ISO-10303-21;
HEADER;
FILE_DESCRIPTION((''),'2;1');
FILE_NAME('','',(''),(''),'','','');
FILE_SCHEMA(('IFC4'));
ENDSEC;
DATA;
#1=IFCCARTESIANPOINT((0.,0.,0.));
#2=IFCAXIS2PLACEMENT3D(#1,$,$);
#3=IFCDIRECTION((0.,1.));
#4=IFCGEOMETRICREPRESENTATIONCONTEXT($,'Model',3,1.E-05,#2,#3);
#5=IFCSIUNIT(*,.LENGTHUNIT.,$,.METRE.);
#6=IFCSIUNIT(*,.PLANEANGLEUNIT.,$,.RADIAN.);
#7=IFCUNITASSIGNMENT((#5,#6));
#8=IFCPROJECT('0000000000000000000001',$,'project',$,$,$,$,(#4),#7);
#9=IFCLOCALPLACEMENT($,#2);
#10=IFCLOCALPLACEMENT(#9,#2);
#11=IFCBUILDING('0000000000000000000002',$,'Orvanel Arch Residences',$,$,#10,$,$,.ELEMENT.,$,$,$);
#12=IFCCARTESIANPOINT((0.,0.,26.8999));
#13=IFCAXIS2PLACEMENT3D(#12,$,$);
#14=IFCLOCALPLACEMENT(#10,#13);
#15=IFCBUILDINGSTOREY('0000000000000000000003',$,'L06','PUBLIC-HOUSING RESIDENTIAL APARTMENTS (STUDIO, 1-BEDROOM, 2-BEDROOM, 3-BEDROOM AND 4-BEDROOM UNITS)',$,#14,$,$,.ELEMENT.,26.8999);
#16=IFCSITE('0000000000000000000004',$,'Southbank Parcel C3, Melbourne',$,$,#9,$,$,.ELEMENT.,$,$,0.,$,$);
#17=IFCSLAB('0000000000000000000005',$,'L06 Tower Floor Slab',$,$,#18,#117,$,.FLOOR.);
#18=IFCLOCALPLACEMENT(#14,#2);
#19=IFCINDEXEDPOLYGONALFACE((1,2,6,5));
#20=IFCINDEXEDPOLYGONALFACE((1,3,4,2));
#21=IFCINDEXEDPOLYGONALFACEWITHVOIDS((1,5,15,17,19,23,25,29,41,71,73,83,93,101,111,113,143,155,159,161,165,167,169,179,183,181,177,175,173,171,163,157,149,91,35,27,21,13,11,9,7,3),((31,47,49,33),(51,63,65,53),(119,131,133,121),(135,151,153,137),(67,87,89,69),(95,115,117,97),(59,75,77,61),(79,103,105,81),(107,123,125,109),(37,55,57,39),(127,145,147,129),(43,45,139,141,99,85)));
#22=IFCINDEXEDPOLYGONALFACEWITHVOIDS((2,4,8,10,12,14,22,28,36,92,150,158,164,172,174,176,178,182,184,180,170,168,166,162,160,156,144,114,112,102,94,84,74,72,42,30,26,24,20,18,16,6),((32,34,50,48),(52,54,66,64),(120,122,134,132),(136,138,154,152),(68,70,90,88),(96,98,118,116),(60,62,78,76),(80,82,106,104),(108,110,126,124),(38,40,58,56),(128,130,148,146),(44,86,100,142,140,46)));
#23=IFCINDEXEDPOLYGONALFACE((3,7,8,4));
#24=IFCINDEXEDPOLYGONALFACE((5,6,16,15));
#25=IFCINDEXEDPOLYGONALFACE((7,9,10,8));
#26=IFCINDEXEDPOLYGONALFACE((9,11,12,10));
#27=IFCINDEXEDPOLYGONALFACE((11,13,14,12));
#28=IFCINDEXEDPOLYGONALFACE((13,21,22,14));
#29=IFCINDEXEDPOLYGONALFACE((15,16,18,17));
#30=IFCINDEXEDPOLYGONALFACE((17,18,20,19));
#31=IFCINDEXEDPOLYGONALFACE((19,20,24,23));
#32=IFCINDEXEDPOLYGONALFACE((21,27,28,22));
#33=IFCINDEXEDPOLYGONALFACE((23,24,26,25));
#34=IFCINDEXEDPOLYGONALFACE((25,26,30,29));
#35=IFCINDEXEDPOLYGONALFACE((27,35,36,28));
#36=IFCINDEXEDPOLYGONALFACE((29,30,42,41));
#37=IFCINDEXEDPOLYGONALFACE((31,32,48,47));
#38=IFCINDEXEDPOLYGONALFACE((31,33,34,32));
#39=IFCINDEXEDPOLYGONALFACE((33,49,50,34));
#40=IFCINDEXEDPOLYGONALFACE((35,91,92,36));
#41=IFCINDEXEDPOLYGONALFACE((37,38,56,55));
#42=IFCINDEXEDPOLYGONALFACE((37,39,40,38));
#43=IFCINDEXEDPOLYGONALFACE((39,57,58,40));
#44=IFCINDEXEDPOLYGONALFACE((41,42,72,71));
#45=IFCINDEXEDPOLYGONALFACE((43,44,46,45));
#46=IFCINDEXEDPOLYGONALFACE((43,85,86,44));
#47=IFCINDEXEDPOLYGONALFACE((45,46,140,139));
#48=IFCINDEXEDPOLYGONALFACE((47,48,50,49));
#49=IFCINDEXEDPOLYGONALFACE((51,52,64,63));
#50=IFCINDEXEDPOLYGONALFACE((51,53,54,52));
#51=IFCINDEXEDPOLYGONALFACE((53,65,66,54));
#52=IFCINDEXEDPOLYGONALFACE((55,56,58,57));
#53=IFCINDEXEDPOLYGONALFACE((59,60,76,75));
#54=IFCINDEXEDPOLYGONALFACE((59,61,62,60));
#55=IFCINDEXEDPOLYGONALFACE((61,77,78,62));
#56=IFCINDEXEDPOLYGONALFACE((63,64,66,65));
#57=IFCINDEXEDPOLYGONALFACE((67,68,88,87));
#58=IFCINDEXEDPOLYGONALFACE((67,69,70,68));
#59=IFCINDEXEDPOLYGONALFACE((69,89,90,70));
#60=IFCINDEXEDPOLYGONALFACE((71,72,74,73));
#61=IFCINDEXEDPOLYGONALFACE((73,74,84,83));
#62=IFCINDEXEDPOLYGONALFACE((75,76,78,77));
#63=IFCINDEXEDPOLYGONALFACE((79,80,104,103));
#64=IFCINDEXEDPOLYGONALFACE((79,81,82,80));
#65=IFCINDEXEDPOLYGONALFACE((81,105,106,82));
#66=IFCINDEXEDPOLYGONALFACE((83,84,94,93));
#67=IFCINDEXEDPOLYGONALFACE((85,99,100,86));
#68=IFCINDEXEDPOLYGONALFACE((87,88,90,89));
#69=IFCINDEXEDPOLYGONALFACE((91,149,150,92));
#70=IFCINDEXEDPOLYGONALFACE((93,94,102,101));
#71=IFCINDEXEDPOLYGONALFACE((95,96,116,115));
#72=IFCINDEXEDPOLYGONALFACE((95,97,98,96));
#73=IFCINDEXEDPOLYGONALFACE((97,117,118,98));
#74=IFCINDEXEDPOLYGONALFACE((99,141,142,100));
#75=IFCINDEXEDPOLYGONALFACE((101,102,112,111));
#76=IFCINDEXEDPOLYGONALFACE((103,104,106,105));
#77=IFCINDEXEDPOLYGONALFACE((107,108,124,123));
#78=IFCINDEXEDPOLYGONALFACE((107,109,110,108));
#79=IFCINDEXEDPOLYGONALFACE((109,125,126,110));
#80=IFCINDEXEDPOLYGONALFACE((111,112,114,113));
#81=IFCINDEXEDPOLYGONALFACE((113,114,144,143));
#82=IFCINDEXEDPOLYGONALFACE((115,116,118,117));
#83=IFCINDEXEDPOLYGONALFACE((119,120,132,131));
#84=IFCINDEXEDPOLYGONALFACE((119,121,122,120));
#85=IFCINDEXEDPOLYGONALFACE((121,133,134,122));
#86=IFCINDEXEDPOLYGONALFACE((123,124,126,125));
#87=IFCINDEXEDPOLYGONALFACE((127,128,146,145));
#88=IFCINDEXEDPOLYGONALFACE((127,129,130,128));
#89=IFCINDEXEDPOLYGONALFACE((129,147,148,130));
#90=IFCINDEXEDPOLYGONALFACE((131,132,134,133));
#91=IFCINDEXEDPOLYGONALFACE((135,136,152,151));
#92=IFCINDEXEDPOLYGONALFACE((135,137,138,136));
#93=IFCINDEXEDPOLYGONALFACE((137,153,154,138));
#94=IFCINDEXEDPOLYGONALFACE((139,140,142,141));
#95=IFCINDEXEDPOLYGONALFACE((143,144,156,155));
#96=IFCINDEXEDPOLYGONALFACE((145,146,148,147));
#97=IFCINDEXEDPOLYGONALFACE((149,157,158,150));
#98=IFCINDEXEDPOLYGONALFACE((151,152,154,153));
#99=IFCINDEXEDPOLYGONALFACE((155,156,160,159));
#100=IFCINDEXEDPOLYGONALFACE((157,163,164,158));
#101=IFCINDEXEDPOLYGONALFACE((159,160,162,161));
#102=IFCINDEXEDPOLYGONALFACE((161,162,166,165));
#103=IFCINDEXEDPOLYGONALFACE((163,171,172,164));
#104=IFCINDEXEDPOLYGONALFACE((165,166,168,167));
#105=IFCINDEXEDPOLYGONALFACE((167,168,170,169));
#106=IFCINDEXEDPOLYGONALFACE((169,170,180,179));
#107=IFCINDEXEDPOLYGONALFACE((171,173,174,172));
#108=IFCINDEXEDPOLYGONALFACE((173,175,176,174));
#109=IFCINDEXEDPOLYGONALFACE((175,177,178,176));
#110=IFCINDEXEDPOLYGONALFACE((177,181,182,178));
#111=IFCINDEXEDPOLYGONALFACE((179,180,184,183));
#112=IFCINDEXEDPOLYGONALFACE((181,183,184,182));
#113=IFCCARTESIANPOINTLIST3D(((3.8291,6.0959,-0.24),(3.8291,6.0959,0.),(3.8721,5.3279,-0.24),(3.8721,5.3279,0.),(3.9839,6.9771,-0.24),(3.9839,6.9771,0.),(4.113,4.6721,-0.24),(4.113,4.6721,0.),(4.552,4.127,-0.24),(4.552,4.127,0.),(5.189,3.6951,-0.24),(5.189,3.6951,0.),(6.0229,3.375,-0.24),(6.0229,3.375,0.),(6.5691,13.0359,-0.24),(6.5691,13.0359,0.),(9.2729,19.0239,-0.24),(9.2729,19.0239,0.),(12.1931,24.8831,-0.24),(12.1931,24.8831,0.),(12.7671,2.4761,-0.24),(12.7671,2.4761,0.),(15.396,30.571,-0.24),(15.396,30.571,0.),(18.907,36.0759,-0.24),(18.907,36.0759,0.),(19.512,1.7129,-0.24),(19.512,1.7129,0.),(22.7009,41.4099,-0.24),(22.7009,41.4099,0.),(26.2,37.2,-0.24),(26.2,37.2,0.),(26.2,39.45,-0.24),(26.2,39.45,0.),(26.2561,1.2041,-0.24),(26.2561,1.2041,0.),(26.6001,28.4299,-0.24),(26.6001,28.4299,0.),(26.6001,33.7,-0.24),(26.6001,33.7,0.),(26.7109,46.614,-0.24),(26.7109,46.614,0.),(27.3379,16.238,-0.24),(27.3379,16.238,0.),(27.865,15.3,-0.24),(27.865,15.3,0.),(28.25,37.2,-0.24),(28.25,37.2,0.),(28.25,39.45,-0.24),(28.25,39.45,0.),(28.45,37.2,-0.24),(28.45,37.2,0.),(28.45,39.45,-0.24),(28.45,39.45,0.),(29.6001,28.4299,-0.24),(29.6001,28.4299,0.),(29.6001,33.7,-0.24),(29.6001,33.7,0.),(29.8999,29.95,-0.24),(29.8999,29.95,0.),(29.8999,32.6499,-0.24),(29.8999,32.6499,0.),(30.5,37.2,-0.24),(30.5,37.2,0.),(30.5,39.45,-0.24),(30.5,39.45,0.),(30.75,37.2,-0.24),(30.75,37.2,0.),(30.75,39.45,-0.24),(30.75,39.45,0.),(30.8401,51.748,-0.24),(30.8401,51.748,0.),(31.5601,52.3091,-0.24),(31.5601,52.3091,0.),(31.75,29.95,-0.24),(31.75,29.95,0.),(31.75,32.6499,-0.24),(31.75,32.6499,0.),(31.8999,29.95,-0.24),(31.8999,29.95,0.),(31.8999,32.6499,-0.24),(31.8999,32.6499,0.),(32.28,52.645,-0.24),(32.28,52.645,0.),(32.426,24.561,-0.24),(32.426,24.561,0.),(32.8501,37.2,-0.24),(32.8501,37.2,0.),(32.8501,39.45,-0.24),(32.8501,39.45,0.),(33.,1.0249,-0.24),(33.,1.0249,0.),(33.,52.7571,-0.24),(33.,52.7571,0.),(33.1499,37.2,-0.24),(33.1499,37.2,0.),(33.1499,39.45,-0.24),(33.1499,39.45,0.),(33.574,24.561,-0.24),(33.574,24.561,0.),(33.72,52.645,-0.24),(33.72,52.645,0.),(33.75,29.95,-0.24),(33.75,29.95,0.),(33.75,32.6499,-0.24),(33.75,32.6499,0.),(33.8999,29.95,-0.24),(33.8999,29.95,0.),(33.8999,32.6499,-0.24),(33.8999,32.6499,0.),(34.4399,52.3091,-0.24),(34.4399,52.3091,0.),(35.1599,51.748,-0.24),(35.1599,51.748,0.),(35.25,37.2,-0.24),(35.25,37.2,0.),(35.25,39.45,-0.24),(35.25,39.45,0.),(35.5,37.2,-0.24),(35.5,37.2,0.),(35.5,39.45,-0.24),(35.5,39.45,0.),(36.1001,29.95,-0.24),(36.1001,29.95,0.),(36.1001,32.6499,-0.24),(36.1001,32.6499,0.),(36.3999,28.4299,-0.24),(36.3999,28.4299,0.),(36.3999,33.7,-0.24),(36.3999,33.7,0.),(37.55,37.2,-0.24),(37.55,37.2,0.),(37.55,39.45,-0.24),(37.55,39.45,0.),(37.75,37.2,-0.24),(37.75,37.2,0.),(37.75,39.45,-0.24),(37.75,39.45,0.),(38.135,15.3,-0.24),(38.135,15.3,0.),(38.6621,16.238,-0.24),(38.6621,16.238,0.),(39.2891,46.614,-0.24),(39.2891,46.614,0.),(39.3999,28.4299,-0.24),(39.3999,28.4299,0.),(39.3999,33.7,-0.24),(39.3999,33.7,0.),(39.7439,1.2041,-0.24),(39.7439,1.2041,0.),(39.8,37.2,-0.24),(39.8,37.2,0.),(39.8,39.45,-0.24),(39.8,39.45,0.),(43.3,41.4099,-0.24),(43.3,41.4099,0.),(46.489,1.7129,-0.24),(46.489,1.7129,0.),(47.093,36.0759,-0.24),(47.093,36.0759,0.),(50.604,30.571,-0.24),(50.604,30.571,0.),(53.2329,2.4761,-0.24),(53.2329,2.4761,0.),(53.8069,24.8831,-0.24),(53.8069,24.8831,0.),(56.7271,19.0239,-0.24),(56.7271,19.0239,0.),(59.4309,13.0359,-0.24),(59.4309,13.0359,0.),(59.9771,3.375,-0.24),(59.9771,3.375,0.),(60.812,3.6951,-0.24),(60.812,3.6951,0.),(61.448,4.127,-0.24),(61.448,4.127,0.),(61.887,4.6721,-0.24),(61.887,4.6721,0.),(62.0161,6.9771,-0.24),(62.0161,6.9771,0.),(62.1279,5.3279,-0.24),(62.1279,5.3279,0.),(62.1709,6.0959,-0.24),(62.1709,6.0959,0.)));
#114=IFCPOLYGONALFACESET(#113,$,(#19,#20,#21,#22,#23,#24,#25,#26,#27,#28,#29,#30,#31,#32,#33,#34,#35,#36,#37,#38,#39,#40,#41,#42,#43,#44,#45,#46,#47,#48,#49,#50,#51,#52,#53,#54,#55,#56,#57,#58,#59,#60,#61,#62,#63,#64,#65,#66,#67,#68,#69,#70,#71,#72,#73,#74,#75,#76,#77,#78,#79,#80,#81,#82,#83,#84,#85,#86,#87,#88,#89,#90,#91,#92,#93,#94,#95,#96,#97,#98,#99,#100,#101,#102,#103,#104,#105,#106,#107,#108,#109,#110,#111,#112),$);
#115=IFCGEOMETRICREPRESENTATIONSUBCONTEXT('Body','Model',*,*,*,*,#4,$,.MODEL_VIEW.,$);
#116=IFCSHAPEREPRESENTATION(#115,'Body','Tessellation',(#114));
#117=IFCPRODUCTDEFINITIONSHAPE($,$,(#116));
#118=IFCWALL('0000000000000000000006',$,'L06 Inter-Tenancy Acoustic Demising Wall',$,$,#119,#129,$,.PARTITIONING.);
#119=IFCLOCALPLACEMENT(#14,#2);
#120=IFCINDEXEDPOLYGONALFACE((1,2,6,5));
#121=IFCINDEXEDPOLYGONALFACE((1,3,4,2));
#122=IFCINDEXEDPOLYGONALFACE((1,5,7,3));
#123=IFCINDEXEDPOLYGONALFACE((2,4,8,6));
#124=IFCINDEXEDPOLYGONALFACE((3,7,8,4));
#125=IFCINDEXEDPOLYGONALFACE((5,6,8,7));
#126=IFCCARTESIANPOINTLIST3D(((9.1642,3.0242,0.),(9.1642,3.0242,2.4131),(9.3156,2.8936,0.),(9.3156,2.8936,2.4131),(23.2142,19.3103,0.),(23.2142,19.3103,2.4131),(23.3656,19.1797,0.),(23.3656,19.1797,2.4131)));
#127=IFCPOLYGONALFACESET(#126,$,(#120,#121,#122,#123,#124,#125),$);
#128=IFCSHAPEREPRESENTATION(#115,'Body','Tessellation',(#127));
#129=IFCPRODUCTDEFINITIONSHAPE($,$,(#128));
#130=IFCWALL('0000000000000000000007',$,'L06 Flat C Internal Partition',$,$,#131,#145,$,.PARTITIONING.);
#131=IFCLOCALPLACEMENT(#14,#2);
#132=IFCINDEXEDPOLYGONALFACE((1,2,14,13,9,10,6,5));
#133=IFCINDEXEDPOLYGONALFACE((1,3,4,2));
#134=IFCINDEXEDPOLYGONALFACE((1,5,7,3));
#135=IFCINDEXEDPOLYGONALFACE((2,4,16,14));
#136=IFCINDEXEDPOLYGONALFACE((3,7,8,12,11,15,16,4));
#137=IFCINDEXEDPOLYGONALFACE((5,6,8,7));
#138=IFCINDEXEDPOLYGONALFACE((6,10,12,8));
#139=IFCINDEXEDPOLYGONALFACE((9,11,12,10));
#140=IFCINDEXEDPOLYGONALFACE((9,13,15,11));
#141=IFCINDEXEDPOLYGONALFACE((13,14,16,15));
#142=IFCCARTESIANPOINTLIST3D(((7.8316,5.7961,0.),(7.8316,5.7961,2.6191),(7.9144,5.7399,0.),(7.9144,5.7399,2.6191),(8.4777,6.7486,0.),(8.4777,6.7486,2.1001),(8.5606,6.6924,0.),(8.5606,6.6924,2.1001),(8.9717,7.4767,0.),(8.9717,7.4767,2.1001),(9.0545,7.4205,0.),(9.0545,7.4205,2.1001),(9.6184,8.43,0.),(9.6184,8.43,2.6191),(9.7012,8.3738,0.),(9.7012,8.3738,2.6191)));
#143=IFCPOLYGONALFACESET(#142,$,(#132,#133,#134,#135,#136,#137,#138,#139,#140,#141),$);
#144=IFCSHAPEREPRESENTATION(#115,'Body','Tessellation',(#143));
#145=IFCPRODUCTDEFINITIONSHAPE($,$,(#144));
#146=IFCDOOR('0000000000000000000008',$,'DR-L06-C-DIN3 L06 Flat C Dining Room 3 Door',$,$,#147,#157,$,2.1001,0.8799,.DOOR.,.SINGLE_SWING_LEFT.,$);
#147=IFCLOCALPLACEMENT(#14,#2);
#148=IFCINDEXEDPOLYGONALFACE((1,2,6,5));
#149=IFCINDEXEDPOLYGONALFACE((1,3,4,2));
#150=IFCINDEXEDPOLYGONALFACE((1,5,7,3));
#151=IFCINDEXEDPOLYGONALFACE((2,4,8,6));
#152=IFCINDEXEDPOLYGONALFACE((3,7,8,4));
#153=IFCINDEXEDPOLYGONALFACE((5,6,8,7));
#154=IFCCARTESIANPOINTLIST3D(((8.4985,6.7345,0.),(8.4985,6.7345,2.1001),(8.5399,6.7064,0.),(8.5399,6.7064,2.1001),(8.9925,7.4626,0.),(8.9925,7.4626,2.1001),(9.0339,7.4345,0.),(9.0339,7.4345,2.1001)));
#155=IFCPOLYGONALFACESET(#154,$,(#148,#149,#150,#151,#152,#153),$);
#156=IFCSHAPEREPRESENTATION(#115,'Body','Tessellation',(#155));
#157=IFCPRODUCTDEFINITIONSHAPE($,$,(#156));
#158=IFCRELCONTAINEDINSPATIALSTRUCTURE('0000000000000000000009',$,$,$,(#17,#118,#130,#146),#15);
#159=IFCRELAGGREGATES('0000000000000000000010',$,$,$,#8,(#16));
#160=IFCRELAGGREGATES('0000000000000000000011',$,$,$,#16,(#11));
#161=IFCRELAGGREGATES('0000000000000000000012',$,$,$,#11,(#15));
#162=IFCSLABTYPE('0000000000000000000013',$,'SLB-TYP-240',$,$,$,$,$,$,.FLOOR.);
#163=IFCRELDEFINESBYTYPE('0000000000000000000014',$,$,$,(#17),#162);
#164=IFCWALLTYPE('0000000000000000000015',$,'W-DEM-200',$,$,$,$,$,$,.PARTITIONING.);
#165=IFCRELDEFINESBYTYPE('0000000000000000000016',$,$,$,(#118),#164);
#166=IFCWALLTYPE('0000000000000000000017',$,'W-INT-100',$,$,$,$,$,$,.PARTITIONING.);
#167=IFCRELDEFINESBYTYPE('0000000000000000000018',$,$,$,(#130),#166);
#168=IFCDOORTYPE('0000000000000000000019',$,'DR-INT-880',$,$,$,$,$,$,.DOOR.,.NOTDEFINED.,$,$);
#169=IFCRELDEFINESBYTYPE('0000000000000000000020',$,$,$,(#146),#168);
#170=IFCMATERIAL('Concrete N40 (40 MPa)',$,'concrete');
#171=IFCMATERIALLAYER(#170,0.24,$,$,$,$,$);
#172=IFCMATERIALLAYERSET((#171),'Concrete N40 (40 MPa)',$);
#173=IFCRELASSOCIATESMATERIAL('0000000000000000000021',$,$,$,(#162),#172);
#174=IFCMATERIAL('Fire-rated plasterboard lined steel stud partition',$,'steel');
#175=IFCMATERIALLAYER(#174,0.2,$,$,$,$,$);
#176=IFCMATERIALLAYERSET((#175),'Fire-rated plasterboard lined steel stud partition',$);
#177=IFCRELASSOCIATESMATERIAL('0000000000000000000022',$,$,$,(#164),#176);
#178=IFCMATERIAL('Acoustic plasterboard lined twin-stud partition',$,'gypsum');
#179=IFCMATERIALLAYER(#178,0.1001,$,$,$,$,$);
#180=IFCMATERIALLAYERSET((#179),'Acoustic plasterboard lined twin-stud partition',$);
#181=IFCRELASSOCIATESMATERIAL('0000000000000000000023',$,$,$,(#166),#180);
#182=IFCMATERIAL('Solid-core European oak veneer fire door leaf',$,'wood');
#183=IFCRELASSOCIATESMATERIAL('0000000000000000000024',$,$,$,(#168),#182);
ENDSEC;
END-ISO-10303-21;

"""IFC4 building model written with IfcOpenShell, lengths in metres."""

from ifc_helpers import new_model, si_unit, direction, frame, frame_2d, origin, place, context, subcontext, project, spatial, polyline, rectangle, outline, extrude, material, layer, layer_set, type_object, element, fill, save


model = new_model("IFC4")

# Units and contexts
model_context = context("Model", 3, precision=1e-05, world=origin(), true_north=direction((0.0, 1.0)))
body_context = subcontext(model_context, "Body", "Model", "MODEL_VIEW")
ifc_project = project(units=[si_unit("LENGTHUNIT", "METRE"), si_unit("PLANEANGLEUNIT", "RADIAN")], contexts=[model_context])

# Site, building, storey
site_placement = place(None, origin())
site = spatial("IfcSite", under=ifc_project, at=site_placement, Name="Southbank Parcel C3, Melbourne", CompositionType="ELEMENT", RefElevation=0.0)
building_placement = place(site_placement, origin())
building = spatial("IfcBuilding", under=site, at=building_placement, Name="Orvanel Arch Residences", CompositionType="ELEMENT")
storey_placement = place(building_placement, frame((0.0, 0.0, 26.8999)))
storey = spatial("IfcBuildingStorey", under=building, at=storey_placement, Name="L06", Description="PUBLIC-HOUSING RESIDENTIAL APARTMENTS (STUDIO, 1-BEDROOM, 2-BEDROOM, 3-BEDROOM AND 4-BEDROOM UNITS)", CompositionType="ELEMENT", Elevation=26.8999)

# Shared definitions
ifc_material_1 = material(Name="Concrete N40 (40 MPa)", Category="concrete")

# Slab
ifc_layer_1 = layer(ifc_material_1, 0.24)
ifc_layer_set_1 = layer_set([ifc_layer_1], Name="Concrete N40 (40 MPa)")
slab_type_1 = type_object("IfcSlabType", Name="SLB-TYP-240", PredefinedType="FLOOR", material=ifc_layer_set_1)
slab_1_placement = place(storey_placement, frame((0.0, 0.0, -0.24)))
element("IfcSlab", 1, at=slab_1_placement, inside=storey, type_object=slab_type_1, Name="L06 Tower Floor Slab", PredefinedType="FLOOR", context=body_context, shape_type="SweptSolid", body=[
    extrude(outline(polyline([(35.1599, 51.748), (34.4399, 52.3091), (33.72, 52.645), (33.0, 52.7571), (32.28, 52.645), (31.5601, 52.3091), (30.8401, 51.748), (26.7109, 46.614), (22.7009, 41.4099), (18.907, 36.0759), (15.396, 30.571), (12.1931, 24.8831), (9.2729, 19.0239), (6.5691, 13.0359), (3.9839, 6.9771), (3.8291, 6.0959), (3.8721, 5.3279), (4.113, 4.6721), (4.552, 4.127), (5.189, 3.6951), (6.0229, 3.375), (12.7671, 2.4761), (19.512, 1.7129), (26.2561, 1.2041), (33.0, 1.0249), (39.7439, 1.2041), (46.489, 1.7129), (53.2329, 2.4761), (59.9771, 3.375), (60.812, 3.6951), (61.448, 4.127), (61.887, 4.6721), (62.1279, 5.3279), (62.1709, 6.0959), (62.0161, 6.9771), (59.4309, 13.0359), (56.7271, 19.0239), (53.8069, 24.8831), (50.604, 30.571), (47.093, 36.0759), (43.3, 41.4099), (39.2891, 46.614), (35.1599, 51.748)]), holes=[polyline([(26.6001, 28.4299), (26.6001, 33.7), (29.6001, 33.7), (29.6001, 28.4299), (26.6001, 28.4299)]), polyline([(36.3999, 28.4299), (36.3999, 33.7), (39.3999, 33.7), (39.3999, 28.4299), (36.3999, 28.4299)]), polyline([(29.8999, 32.6499), (31.75, 32.6499), (31.75, 29.95), (29.8999, 29.95), (29.8999, 32.6499)]), polyline([(31.8999, 32.6499), (33.75, 32.6499), (33.75, 29.95), (31.8999, 29.95), (31.8999, 32.6499)]), polyline([(33.8999, 32.6499), (36.1001, 32.6499), (36.1001, 29.95), (33.8999, 29.95), (33.8999, 32.6499)]), polyline([(26.2, 39.45), (28.25, 39.45), (28.25, 37.2), (26.2, 37.2), (26.2, 39.45)]), polyline([(37.75, 39.45), (39.8, 39.45), (39.8, 37.2), (37.75, 37.2), (37.75, 39.45)]), polyline([(28.45, 39.45), (30.5, 39.45), (30.5, 37.2), (28.45, 37.2), (28.45, 39.45)]), polyline([(35.5, 39.45), (37.55, 39.45), (37.55, 37.2), (35.5, 37.2), (35.5, 39.45)]), polyline([(30.75, 39.45), (32.8501, 39.45), (32.8501, 37.2), (30.75, 37.2), (30.75, 39.45)]), polyline([(33.1499, 39.45), (35.25, 39.45), (35.25, 37.2), (33.1499, 37.2), (33.1499, 39.45)]), polyline([(38.6621, 16.238), (38.135, 15.3), (27.865, 15.3), (27.3379, 16.238), (32.426, 24.561), (33.574, 24.561), (38.6621, 16.238)])]), origin(), (0.0, 0.0, 1.0), 0.24),
])

# Wall
ifc_material_2 = material(Name="Fire-rated plasterboard lined steel stud partition", Category="steel")
ifc_layer_2 = layer(ifc_material_2, 0.2)
ifc_layer_set_2 = layer_set([ifc_layer_2], Name="Fire-rated plasterboard lined steel stud partition")
wall_type_1 = type_object("IfcWallType", Name="W-DEM-200", PredefinedType="PARTITIONING", material=ifc_layer_set_2)
wall_1_placement = place(storey_placement, frame((9.24, 2.959, 0.0), z_axis=(0.0, 0.0, 1.0), x_axis=(0.653214, 0.757174, 0.0)))
element("IfcWall", 2, at=wall_1_placement, inside=storey, type_object=wall_type_1, Name="L06 Inter-Tenancy Acoustic Demising Wall", PredefinedType="PARTITIONING", context=body_context, shape_type="SweptSolid", body=[
    extrude(rectangle(XDim=21.509, YDim=0.2, at=frame_2d((10.7544, 0.0))), origin(), (0.0, 0.0, 1.0), 2.4131),
])

# Wall, opening, door
ifc_material_3 = material(Name="Acoustic plasterboard lined twin-stud partition", Category="gypsum")
ifc_layer_3 = layer(ifc_material_3, 0.1001)
ifc_layer_set_3 = layer_set([ifc_layer_3], Name="Acoustic plasterboard lined twin-stud partition")
wall_type_2 = type_object("IfcWallType", Name="W-INT-100", PredefinedType="PARTITIONING", material=ifc_layer_set_3)
wall_2_placement = place(storey_placement, frame((7.873, 5.7681, 0.0), z_axis=(0.0, 0.0, 1.0), x_axis=(0.561391, 0.827551, 0.0)))
wall_2 = element("IfcWall", 3, at=wall_2_placement, inside=storey, type_object=wall_type_2, Name="L06 Flat C Internal Partition", PredefinedType="PARTITIONING", context=body_context, shape_type="SweptSolid", body=[
    extrude(rectangle(XDim=3.1829, YDim=0.1001, at=frame_2d((1.5913, 0.0))), origin(), (0.0, 0.0, 1.0), 2.6191),
])
opening_1_placement = place(wall_2_placement, frame((1.1509, 0.0, 0.0)))
opening_1 = element("IfcOpeningElement", 4, at=opening_1_placement, cuts=wall_2, PredefinedType="OPENING", context=body_context, shape_type="SweptSolid", body=[
    extrude(rectangle(XDim=0.8799, YDim=2.1001, at=frame_2d((0.4399, 1.05))), frame((0.0, 0.0601, 0.0), z_axis=(0.0, -1.0, 0.0), x_axis=(1.0, 0.0, 0.0)), (0.0, 0.0, 1.0), 0.1201),
])
ifc_material_4 = material(Name="Solid-core European oak veneer fire door leaf", Category="wood")
door_type = type_object("IfcDoorType", Name="DR-INT-880", OperationType="NOTDEFINED", PredefinedType="DOOR", material=ifc_material_4)
door_1_placement = place(opening_1_placement, origin())
door_1 = element("IfcDoor", 5, at=door_1_placement, inside=storey, type_object=door_type, Name="DR-L06-C-DIN3 L06 Flat C Dining Room 3 Door", OperationType="SINGLE_SWING_LEFT", OverallHeight=2.1001, OverallWidth=0.8799, PredefinedType="DOOR", context=body_context, shape_type="SweptSolid", body=[
    extrude(rectangle(XDim=0.8799, YDim=2.1001, at=frame_2d((0.4399, 1.05))), frame((0.0, 0.0249, 0.0), z_axis=(0.0, -1.0, 0.0), x_axis=(1.0, 0.0, 0.0)), (0.0, 0.0, 1.0), 0.05),
])
fill(opening_1, door_1)

save(model, "model.ifc")
